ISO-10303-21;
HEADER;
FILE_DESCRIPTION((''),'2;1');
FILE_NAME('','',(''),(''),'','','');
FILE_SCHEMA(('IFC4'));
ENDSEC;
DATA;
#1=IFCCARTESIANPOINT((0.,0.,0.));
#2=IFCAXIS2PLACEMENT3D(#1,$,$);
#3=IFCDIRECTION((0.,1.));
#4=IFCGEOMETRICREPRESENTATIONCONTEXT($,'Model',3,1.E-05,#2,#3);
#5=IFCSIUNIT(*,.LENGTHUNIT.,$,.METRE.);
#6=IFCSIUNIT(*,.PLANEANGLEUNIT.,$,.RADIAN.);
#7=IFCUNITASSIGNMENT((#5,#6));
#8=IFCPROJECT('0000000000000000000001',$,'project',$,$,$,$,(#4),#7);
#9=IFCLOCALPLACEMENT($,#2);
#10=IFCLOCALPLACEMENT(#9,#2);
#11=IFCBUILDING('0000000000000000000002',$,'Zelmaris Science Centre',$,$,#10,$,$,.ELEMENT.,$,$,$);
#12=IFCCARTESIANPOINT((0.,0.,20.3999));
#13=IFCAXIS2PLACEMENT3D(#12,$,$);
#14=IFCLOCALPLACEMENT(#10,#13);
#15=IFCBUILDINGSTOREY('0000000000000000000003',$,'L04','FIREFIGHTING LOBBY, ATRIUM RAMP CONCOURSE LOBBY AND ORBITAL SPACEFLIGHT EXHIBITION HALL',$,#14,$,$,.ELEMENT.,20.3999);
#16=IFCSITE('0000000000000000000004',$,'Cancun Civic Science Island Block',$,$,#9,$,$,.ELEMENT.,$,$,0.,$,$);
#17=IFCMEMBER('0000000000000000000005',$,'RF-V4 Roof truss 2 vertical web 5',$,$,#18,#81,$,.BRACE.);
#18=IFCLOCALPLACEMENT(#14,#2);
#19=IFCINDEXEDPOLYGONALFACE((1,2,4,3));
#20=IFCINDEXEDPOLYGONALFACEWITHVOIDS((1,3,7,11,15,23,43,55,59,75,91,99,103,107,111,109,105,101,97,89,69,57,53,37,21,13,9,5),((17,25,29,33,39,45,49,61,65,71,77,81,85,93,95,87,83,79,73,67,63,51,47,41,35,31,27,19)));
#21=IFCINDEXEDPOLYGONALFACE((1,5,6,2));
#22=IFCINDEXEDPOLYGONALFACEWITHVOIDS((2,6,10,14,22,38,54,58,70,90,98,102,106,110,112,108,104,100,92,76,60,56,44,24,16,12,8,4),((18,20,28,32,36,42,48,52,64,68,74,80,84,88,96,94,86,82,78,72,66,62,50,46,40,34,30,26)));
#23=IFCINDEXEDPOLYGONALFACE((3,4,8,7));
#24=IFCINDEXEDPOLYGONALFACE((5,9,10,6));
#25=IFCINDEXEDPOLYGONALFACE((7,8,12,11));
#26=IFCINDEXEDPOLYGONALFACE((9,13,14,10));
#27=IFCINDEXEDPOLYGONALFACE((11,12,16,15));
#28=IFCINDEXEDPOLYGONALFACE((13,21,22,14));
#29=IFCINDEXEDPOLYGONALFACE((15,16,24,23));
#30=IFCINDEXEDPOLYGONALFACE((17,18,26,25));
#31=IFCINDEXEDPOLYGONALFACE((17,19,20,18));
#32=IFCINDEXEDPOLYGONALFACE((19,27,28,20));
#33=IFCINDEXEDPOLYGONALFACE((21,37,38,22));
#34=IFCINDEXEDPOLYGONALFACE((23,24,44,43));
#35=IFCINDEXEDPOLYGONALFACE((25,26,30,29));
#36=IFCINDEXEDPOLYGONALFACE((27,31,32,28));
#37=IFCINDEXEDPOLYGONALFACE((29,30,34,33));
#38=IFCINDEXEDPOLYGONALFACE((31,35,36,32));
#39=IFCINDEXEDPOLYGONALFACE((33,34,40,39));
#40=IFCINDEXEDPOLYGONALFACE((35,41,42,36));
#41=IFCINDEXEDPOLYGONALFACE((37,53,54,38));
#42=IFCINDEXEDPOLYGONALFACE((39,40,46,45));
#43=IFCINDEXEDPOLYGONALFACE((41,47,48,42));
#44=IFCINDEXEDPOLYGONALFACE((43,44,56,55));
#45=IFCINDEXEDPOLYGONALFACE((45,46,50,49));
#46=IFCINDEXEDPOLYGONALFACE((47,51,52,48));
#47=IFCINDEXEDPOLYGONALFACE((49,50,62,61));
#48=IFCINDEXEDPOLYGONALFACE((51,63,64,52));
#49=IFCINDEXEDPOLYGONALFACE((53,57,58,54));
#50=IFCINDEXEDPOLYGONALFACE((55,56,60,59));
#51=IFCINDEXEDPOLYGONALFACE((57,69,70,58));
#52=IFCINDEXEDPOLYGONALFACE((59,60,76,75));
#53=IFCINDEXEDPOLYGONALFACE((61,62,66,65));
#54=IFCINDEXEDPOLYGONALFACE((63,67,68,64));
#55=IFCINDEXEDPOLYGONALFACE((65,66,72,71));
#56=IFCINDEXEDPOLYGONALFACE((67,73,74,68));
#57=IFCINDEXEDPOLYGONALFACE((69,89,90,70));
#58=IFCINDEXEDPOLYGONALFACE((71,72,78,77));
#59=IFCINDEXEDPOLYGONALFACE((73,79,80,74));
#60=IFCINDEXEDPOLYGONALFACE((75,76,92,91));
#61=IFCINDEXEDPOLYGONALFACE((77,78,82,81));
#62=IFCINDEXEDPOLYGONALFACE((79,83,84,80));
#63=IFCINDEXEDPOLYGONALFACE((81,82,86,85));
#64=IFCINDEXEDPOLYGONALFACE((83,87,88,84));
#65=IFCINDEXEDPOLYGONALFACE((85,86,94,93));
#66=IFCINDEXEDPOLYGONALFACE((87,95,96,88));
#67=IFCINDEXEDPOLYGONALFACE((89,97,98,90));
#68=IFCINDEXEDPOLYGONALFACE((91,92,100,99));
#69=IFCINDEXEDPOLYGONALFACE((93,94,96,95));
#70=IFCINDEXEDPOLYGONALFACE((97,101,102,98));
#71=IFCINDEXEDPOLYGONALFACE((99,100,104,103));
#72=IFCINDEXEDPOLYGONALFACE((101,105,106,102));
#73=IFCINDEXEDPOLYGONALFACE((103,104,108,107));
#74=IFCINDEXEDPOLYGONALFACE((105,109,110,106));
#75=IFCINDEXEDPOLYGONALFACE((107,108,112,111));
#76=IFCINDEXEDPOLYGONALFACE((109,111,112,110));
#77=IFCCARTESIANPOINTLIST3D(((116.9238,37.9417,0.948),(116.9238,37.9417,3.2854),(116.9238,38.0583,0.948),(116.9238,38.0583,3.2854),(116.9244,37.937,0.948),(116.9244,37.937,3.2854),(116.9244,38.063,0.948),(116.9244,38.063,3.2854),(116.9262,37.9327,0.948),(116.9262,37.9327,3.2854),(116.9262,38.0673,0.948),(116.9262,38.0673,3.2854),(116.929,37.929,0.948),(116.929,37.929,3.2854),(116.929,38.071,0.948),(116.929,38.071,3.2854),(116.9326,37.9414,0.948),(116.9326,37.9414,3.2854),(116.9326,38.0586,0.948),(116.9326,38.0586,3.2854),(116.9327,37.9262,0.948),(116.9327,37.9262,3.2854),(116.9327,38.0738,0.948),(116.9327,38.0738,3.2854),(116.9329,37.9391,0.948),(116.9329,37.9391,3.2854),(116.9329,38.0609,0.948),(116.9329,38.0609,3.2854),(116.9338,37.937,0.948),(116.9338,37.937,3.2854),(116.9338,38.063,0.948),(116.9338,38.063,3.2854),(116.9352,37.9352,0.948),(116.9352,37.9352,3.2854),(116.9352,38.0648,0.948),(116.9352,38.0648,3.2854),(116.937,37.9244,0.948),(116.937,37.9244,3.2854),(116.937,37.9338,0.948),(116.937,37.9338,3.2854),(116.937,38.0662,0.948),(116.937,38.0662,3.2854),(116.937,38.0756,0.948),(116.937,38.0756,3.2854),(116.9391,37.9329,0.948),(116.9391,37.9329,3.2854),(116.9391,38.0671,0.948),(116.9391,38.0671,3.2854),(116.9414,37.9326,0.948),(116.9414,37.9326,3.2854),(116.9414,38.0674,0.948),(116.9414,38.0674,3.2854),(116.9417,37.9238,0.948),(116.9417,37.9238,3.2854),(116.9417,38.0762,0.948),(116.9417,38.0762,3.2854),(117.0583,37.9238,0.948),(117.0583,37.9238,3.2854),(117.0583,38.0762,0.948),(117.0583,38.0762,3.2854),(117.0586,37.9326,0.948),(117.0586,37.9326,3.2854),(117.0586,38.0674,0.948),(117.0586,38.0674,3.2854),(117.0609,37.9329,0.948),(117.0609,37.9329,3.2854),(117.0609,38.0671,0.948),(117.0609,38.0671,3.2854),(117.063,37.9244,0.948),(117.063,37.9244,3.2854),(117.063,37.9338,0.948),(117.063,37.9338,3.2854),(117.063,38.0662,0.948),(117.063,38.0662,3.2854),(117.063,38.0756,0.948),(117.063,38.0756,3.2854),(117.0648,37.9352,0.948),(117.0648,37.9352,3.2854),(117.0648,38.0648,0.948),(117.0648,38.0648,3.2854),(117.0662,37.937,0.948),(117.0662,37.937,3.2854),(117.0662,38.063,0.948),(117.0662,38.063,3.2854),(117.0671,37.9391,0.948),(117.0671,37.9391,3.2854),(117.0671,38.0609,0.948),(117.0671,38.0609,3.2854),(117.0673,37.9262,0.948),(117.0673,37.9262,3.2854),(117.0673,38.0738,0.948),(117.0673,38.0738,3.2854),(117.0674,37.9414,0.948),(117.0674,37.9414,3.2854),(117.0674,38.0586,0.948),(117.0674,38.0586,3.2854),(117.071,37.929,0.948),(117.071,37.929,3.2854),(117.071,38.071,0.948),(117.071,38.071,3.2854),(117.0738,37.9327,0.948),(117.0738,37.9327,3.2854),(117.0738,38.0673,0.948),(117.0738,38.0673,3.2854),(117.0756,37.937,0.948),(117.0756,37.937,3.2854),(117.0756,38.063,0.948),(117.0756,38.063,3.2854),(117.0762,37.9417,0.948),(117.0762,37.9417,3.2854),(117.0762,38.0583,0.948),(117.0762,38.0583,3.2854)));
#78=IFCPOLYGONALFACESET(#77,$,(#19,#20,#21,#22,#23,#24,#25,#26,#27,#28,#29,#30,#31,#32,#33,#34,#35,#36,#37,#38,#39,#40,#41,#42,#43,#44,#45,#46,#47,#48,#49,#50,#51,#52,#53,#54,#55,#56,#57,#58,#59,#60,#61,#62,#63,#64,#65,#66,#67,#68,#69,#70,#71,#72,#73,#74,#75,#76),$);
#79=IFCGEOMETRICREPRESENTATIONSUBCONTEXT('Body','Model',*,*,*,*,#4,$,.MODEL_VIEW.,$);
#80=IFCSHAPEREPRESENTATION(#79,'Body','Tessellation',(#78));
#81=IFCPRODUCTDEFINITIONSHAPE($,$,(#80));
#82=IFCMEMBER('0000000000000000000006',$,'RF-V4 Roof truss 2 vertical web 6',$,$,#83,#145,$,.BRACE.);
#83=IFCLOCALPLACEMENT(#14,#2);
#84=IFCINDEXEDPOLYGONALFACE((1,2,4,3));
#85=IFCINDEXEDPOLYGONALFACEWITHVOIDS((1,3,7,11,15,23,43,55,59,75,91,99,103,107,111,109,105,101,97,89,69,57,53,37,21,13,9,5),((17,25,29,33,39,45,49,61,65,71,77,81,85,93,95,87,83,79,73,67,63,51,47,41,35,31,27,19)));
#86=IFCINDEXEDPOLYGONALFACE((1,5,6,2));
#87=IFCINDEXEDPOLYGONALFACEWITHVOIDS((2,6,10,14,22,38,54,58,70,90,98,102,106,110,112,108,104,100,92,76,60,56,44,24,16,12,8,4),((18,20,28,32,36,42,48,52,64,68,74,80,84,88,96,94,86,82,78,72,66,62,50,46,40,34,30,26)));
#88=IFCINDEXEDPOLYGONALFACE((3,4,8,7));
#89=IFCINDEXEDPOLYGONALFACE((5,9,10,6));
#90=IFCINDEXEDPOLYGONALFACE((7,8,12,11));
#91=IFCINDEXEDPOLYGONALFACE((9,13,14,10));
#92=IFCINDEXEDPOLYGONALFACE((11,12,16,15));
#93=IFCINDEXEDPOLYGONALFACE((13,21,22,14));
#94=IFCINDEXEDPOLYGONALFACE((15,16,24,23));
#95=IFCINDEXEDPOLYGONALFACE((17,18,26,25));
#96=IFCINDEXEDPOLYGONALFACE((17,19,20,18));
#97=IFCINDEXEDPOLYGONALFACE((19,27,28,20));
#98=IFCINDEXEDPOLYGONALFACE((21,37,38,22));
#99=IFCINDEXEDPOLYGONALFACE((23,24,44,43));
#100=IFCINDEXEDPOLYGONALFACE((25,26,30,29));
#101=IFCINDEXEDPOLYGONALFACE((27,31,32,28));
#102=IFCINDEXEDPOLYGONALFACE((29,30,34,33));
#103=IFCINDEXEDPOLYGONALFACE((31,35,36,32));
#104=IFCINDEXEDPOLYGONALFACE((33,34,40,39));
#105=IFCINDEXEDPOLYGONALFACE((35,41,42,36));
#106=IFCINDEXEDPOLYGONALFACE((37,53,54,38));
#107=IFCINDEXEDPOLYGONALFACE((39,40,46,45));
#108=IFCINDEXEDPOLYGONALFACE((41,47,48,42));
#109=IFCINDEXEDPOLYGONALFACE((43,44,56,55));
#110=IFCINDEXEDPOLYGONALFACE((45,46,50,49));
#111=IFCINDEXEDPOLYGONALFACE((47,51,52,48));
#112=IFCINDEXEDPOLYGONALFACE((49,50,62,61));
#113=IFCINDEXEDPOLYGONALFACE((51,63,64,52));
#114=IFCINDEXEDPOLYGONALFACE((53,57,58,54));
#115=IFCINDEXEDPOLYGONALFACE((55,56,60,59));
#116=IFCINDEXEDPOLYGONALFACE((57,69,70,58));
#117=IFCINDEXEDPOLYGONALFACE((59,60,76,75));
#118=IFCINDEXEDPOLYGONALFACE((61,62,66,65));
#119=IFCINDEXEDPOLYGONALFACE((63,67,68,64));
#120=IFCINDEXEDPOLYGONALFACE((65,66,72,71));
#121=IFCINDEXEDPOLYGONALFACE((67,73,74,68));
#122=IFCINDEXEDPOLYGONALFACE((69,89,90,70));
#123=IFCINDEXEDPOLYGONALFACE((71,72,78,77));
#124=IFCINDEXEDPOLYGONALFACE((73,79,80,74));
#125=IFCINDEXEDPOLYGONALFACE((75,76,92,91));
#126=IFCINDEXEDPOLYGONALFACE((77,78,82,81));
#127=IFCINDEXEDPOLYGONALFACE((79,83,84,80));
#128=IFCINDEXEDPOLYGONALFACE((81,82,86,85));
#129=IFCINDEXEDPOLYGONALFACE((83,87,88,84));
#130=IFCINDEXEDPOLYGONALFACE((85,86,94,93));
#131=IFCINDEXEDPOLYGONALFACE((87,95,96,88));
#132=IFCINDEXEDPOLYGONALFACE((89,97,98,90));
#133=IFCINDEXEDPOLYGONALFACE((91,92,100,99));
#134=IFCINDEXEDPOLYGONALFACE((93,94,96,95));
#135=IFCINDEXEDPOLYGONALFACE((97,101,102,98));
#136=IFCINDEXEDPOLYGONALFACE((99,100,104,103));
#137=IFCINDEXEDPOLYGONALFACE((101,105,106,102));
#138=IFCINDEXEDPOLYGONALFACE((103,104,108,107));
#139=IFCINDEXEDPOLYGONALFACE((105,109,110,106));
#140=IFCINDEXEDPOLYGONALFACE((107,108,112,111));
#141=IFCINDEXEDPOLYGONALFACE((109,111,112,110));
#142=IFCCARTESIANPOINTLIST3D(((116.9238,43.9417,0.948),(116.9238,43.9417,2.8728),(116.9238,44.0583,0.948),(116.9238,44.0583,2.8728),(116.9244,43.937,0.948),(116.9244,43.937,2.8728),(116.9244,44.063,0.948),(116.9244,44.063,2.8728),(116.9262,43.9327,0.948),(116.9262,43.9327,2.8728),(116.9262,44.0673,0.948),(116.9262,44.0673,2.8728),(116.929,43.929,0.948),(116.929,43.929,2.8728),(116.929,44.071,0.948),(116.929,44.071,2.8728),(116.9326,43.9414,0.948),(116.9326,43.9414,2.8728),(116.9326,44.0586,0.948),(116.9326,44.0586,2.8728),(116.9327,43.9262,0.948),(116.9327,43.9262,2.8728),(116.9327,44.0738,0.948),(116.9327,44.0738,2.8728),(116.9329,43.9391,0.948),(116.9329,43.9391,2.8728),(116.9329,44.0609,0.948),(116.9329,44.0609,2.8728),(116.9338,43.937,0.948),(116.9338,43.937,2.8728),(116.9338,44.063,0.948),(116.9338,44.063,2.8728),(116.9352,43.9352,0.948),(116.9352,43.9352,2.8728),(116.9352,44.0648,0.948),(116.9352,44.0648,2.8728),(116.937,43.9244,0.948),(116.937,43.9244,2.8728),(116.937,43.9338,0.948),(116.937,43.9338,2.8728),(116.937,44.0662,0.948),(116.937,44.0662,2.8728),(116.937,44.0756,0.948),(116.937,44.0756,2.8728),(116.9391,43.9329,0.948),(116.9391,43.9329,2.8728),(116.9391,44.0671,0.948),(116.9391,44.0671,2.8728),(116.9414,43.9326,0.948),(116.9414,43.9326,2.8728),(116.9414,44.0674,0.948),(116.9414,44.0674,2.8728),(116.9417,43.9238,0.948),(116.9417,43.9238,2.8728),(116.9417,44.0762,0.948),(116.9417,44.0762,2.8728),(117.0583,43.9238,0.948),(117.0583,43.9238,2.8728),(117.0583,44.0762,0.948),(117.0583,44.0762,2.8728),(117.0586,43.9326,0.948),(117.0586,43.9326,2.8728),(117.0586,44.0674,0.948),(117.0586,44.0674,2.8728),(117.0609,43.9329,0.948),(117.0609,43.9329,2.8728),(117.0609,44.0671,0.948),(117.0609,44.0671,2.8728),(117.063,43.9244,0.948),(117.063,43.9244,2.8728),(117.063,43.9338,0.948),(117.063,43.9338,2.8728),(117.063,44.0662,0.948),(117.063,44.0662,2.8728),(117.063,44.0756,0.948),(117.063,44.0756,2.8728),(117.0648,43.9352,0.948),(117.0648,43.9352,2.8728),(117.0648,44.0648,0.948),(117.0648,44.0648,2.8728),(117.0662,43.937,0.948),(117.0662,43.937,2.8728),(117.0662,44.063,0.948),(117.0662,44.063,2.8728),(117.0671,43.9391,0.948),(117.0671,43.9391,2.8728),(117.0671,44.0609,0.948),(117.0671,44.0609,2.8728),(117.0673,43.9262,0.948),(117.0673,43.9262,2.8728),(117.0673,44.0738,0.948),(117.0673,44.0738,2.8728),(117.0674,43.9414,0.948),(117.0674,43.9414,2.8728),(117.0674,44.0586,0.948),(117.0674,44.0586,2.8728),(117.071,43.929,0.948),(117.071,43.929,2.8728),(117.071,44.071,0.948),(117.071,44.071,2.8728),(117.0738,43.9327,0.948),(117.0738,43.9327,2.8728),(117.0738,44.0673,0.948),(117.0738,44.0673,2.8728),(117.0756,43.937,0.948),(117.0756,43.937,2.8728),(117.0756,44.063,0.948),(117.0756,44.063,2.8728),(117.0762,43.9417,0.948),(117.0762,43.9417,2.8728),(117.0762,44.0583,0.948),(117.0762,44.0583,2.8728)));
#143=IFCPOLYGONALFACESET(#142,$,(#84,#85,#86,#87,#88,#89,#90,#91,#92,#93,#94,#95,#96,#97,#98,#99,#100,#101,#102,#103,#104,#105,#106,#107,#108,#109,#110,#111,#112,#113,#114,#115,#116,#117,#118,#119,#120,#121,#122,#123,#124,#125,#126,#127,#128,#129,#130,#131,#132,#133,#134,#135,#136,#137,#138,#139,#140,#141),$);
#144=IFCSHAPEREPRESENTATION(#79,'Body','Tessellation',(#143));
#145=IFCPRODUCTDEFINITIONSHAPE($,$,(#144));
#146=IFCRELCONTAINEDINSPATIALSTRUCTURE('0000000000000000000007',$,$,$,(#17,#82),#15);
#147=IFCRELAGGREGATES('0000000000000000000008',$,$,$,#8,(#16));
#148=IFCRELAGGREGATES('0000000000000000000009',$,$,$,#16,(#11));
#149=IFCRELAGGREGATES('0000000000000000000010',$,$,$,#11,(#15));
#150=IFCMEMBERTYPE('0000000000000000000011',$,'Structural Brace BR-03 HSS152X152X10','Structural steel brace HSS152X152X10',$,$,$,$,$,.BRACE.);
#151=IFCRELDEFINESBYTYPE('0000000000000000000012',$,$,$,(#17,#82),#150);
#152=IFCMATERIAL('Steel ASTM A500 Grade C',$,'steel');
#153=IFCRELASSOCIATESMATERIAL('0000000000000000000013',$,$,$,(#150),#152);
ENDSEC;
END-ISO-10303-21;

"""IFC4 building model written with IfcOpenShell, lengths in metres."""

from ifc_helpers import new_model, si_unit, direction, frame, origin, origin_2d, place, context, subcontext, project, spatial, hollow_rectangle, extrude, material, material_profile, profile_set, type_object, element, save


model = new_model("IFC4")

# Units and contexts
model_context = context("Model", 3, precision=1e-05, world=origin(), true_north=direction((0.0, 1.0)))
body_context = subcontext(model_context, "Body", "Model", "MODEL_VIEW")
ifc_project = project(units=[si_unit("LENGTHUNIT", "METRE"), si_unit("PLANEANGLEUNIT", "RADIAN")], contexts=[model_context])

# Site, building, storey
site_placement = place(None, origin())
site = spatial("IfcSite", under=ifc_project, at=site_placement, Name="Cancun Civic Science Island Block", CompositionType="ELEMENT", RefElevation=0.0)
building_placement = place(site_placement, origin())
building = spatial("IfcBuilding", under=site, at=building_placement, Name="Zelmaris Science Centre", CompositionType="ELEMENT")
storey_placement = place(building_placement, frame((0.0, 0.0, 20.3999)))
storey = spatial("IfcBuildingStorey", under=building, at=storey_placement, Name="L04", Description="FIREFIGHTING LOBBY, ATRIUM RAMP CONCOURSE LOBBY AND ORBITAL SPACEFLIGHT EXHIBITION HALL", CompositionType="ELEMENT", Elevation=20.3999)

# Members
ifc_material = material(Name="Steel ASTM A500 Grade C", Category="steel")
ifc_material_profile_1 = material_profile(ifc_material, hollow_rectangle(XDim=0.1523, YDim=0.1523, WallThickness=0.0088, InnerFilletRadius=0.0088, OuterFilletRadius=0.0178, at=origin_2d()), Name="HSS152X152X10")
ifc_profile_set_1 = profile_set([ifc_material_profile_1], Name="Steel ASTM A500 Grade C")
member_type_1 = type_object("IfcMemberType", Name="Structural Brace BR-03 HSS152X152X10", Description="Structural steel brace HSS152X152X10", PredefinedType="BRACE", material=ifc_profile_set_1)
member_1_placement = place(storey_placement, frame((117.0, 38.0, 0.948), z_axis=(0.0, 0.0, 1.0), x_axis=(1.0, 0.0, 0.0)))
element("IfcMember", 1, at=member_1_placement, inside=storey, type_object=member_type_1, Name="RF-V4 Roof truss 2 vertical web 5", PredefinedType="BRACE", context=body_context, shape_type="SweptSolid", body=[
    extrude(hollow_rectangle(XDim=0.1523, YDim=0.1523, WallThickness=0.0088, InnerFilletRadius=0.0088, OuterFilletRadius=0.0178, at=origin_2d()), origin(), (0.0, 0.0, 1.0), 2.3374),
])
member_2_placement = place(storey_placement, frame((117.0, 44.0, 0.948), z_axis=(0.0, 0.0, 1.0), x_axis=(1.0, 0.0, 0.0)))
element("IfcMember", 2, at=member_2_placement, inside=storey, type_object=member_type_1, Name="RF-V4 Roof truss 2 vertical web 6", PredefinedType="BRACE", context=body_context, shape_type="SweptSolid", body=[
    extrude(hollow_rectangle(XDim=0.1523, YDim=0.1523, WallThickness=0.0088, InnerFilletRadius=0.0088, OuterFilletRadius=0.0178, at=origin_2d()), origin(), (0.0, 0.0, 1.0), 1.9248),
])

save(model, "model.ifc")
